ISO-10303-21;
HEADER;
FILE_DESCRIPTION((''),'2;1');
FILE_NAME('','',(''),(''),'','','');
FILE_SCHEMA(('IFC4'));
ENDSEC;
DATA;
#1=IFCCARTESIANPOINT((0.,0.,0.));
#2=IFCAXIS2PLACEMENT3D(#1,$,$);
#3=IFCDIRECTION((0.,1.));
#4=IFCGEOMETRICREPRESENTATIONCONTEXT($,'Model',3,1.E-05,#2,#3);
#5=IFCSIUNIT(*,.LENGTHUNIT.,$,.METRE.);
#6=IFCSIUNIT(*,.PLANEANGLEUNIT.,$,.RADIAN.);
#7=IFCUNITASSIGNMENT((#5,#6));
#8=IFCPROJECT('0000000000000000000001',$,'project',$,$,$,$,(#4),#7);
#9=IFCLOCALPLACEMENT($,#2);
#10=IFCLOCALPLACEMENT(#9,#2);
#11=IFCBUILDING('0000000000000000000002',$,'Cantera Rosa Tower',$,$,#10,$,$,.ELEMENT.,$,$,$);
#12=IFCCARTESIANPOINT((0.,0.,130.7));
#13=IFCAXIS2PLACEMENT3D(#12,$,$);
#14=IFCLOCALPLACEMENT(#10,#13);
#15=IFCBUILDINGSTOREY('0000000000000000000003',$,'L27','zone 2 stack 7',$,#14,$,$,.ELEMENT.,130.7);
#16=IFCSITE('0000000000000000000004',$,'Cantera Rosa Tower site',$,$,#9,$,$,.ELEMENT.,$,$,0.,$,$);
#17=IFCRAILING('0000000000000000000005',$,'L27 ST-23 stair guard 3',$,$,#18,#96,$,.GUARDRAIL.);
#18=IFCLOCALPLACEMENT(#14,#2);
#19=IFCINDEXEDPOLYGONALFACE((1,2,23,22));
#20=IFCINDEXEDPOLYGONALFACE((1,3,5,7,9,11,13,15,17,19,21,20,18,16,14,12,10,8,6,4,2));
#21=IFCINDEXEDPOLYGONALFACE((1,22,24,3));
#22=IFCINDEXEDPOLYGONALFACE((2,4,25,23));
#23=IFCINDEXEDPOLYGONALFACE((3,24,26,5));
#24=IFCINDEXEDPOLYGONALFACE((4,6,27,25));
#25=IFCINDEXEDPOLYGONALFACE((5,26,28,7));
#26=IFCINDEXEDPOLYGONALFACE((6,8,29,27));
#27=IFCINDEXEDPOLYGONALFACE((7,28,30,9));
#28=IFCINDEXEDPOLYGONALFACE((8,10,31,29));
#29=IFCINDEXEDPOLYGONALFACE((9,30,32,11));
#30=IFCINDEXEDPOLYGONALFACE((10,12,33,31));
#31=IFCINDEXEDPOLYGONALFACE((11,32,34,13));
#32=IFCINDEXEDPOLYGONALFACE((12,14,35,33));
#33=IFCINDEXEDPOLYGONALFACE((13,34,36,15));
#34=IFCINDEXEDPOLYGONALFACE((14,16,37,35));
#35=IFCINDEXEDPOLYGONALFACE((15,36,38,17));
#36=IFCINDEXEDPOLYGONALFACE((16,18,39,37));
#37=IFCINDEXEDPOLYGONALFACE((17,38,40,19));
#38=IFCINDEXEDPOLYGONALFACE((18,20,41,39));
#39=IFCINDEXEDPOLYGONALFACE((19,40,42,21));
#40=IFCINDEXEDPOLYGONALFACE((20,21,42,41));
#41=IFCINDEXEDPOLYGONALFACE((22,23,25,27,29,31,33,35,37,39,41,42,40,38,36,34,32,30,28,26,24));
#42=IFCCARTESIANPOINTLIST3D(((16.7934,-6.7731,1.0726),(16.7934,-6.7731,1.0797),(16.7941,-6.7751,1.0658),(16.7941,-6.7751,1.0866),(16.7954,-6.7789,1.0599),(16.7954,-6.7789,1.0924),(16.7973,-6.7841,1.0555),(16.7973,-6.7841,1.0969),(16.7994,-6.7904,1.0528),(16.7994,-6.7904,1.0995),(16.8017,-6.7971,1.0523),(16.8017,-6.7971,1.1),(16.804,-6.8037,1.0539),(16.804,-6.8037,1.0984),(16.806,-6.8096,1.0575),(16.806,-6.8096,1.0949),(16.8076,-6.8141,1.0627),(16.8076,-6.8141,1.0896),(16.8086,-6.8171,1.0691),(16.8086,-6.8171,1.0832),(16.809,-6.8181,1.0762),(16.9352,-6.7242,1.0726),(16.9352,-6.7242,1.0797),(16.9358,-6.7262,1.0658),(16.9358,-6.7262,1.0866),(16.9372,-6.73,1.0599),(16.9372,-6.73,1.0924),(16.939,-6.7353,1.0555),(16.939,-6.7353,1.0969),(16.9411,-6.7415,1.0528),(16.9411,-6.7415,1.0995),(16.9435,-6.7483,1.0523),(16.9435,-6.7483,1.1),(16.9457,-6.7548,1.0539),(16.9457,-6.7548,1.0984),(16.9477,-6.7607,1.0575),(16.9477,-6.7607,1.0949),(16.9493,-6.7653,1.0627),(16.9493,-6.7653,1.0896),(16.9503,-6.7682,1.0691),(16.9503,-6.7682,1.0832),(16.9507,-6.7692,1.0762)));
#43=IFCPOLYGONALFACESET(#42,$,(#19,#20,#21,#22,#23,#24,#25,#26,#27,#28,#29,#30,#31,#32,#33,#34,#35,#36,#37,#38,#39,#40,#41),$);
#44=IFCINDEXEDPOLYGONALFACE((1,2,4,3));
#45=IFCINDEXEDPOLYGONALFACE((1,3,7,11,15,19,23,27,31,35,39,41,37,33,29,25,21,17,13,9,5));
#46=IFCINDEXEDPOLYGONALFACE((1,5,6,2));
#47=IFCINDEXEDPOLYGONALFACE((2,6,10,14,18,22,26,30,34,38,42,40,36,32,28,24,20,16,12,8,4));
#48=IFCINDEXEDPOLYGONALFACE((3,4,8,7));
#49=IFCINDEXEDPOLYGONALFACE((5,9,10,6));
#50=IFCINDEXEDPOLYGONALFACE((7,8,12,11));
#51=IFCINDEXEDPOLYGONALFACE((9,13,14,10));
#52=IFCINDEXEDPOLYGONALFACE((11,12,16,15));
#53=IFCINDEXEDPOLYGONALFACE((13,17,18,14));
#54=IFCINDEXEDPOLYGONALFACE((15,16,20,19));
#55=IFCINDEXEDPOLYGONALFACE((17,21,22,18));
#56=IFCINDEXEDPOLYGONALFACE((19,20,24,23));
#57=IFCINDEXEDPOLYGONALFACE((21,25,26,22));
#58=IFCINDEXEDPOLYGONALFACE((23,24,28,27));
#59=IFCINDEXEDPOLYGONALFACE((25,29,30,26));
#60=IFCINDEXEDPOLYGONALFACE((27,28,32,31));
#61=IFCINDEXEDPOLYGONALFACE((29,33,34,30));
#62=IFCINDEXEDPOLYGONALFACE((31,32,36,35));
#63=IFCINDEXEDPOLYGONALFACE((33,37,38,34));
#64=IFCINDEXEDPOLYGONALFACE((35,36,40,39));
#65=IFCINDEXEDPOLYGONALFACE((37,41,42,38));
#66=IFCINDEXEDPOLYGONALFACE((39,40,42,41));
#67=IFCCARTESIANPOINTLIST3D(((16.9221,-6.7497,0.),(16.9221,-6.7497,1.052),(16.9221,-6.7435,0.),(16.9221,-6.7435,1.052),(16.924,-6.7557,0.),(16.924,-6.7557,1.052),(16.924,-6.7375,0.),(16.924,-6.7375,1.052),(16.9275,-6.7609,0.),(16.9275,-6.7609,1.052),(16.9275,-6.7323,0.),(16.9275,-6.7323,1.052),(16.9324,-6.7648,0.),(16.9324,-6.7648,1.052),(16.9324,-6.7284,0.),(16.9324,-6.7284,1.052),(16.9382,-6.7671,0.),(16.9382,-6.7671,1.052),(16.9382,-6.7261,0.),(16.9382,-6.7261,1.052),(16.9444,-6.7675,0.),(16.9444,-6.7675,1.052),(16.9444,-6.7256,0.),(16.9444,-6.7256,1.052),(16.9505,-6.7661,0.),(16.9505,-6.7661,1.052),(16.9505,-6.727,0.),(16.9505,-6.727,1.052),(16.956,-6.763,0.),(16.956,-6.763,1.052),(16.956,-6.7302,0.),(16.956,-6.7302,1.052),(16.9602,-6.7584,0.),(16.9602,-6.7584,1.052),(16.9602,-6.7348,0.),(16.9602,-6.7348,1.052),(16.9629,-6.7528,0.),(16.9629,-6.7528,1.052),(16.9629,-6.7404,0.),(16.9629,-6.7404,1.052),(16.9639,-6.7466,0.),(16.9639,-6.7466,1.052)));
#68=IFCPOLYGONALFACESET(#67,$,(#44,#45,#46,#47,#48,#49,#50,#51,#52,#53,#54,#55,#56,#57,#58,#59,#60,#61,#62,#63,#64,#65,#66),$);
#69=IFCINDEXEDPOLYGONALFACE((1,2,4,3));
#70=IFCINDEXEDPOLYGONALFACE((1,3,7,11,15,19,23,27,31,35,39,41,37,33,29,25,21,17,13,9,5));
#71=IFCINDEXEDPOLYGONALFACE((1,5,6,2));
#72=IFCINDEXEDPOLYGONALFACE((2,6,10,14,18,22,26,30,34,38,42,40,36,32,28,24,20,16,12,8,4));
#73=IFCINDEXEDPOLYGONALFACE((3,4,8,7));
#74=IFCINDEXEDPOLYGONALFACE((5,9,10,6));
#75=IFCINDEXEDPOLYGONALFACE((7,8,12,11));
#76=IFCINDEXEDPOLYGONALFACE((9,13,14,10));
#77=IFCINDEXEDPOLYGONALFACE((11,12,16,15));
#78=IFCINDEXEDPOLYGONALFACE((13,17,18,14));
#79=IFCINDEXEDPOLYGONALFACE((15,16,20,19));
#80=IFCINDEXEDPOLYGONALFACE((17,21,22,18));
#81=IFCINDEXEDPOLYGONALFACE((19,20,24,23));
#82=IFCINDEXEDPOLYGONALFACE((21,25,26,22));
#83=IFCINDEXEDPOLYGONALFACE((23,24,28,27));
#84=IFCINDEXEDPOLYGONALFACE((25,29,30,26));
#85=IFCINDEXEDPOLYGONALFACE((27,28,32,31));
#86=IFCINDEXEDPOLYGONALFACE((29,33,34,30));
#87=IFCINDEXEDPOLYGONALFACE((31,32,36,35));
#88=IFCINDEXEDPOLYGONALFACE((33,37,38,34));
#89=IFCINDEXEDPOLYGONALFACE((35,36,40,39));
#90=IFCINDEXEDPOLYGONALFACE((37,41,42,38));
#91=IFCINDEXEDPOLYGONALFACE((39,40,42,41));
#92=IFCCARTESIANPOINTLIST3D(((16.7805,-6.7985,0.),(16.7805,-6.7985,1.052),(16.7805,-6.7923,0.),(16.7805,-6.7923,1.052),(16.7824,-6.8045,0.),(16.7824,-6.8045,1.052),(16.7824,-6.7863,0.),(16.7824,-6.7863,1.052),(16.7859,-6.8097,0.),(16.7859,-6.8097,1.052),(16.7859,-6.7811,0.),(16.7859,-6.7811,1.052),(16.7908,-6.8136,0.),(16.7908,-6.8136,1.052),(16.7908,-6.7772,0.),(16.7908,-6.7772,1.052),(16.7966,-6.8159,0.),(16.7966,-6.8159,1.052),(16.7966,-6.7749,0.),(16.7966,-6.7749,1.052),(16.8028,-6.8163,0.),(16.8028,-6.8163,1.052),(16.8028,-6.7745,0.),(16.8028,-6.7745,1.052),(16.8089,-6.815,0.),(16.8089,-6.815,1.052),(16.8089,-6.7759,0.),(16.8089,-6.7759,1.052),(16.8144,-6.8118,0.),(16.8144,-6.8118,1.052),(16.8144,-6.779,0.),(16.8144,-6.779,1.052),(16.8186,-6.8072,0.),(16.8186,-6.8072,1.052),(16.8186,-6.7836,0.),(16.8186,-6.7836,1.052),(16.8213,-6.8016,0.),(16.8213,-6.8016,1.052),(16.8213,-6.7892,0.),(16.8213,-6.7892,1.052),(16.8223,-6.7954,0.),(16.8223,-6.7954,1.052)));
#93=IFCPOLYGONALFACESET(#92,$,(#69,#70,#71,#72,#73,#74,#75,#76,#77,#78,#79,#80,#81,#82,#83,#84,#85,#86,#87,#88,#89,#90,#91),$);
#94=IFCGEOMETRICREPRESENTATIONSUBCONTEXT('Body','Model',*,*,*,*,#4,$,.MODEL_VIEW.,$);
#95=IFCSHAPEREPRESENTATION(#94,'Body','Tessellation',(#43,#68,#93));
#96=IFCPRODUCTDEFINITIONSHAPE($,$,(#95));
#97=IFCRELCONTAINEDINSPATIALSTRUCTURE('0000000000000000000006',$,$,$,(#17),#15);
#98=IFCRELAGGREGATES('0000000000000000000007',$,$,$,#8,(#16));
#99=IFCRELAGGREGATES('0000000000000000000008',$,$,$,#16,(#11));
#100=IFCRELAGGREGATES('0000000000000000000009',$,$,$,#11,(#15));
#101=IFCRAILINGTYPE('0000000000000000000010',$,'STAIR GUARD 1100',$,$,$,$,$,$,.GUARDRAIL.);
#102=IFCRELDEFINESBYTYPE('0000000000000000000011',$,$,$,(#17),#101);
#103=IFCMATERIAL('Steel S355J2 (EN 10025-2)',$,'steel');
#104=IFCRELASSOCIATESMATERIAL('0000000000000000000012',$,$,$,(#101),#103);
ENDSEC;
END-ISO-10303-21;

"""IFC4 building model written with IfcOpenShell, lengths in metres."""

from ifc_helpers import new_model, si_unit, direction, frame, origin, origin_2d, place, context, subcontext, project, spatial, circle, extrude, material, type_object, element, save


model = new_model("IFC4")

# Units and contexts
model_context = context("Model", 3, precision=1e-05, world=origin(), true_north=direction((0.0, 1.0)))
body_context = subcontext(model_context, "Body", "Model", "MODEL_VIEW")
ifc_project = project(units=[si_unit("LENGTHUNIT", "METRE"), si_unit("PLANEANGLEUNIT", "RADIAN")], contexts=[model_context])

# Site, building, storey
site_placement = place(None, origin())
site = spatial("IfcSite", under=ifc_project, at=site_placement, Name="Cantera Rosa Tower site", CompositionType="ELEMENT", RefElevation=0.0)
building_placement = place(site_placement, origin())
building = spatial("IfcBuilding", under=site, at=building_placement, Name="Cantera Rosa Tower", CompositionType="ELEMENT")
storey_placement = place(building_placement, frame((0.0, 0.0, 130.7)))
storey = spatial("IfcBuildingStorey", under=building, at=storey_placement, Name="L27", Description="zone 2 stack 7", CompositionType="ELEMENT", Elevation=130.7)

# Railing
ifc_material_1 = material(Name="Steel S355J2 (EN 10025-2)", Category="steel")
railing_type = type_object("IfcRailingType", Name="STAIR GUARD 1100", PredefinedType="GUARDRAIL", material=ifc_material_1)
railing_1_placement = place(storey_placement, frame((16.9429, -6.7466, 0.0)))
element("IfcRailing", 1, at=railing_1_placement, inside=storey, type_object=railing_type, Name="L27 ST-23 stair guard 3", PredefinedType="GUARDRAIL", context=body_context, shape_type="SweptSolid", body=[
    extrude(circle(Radius=0.0239, at=origin_2d()), frame((0.0, 0.0, 1.0762), z_axis=(-0.945373, -0.325991, 0.0), x_axis=(0.325991, -0.945373, 0.0)), (0.0, 0.0, 1.0), 0.1499),
    extrude(circle(Radius=0.021, at=origin_2d()), origin(), (0.0, 0.0, 1.0), 1.052),
    extrude(circle(Radius=0.021, at=origin_2d()), frame((-0.1416, -0.0488, 0.0)), (0.0, 0.0, 1.0), 1.052),
])

save(model, "model.ifc")
